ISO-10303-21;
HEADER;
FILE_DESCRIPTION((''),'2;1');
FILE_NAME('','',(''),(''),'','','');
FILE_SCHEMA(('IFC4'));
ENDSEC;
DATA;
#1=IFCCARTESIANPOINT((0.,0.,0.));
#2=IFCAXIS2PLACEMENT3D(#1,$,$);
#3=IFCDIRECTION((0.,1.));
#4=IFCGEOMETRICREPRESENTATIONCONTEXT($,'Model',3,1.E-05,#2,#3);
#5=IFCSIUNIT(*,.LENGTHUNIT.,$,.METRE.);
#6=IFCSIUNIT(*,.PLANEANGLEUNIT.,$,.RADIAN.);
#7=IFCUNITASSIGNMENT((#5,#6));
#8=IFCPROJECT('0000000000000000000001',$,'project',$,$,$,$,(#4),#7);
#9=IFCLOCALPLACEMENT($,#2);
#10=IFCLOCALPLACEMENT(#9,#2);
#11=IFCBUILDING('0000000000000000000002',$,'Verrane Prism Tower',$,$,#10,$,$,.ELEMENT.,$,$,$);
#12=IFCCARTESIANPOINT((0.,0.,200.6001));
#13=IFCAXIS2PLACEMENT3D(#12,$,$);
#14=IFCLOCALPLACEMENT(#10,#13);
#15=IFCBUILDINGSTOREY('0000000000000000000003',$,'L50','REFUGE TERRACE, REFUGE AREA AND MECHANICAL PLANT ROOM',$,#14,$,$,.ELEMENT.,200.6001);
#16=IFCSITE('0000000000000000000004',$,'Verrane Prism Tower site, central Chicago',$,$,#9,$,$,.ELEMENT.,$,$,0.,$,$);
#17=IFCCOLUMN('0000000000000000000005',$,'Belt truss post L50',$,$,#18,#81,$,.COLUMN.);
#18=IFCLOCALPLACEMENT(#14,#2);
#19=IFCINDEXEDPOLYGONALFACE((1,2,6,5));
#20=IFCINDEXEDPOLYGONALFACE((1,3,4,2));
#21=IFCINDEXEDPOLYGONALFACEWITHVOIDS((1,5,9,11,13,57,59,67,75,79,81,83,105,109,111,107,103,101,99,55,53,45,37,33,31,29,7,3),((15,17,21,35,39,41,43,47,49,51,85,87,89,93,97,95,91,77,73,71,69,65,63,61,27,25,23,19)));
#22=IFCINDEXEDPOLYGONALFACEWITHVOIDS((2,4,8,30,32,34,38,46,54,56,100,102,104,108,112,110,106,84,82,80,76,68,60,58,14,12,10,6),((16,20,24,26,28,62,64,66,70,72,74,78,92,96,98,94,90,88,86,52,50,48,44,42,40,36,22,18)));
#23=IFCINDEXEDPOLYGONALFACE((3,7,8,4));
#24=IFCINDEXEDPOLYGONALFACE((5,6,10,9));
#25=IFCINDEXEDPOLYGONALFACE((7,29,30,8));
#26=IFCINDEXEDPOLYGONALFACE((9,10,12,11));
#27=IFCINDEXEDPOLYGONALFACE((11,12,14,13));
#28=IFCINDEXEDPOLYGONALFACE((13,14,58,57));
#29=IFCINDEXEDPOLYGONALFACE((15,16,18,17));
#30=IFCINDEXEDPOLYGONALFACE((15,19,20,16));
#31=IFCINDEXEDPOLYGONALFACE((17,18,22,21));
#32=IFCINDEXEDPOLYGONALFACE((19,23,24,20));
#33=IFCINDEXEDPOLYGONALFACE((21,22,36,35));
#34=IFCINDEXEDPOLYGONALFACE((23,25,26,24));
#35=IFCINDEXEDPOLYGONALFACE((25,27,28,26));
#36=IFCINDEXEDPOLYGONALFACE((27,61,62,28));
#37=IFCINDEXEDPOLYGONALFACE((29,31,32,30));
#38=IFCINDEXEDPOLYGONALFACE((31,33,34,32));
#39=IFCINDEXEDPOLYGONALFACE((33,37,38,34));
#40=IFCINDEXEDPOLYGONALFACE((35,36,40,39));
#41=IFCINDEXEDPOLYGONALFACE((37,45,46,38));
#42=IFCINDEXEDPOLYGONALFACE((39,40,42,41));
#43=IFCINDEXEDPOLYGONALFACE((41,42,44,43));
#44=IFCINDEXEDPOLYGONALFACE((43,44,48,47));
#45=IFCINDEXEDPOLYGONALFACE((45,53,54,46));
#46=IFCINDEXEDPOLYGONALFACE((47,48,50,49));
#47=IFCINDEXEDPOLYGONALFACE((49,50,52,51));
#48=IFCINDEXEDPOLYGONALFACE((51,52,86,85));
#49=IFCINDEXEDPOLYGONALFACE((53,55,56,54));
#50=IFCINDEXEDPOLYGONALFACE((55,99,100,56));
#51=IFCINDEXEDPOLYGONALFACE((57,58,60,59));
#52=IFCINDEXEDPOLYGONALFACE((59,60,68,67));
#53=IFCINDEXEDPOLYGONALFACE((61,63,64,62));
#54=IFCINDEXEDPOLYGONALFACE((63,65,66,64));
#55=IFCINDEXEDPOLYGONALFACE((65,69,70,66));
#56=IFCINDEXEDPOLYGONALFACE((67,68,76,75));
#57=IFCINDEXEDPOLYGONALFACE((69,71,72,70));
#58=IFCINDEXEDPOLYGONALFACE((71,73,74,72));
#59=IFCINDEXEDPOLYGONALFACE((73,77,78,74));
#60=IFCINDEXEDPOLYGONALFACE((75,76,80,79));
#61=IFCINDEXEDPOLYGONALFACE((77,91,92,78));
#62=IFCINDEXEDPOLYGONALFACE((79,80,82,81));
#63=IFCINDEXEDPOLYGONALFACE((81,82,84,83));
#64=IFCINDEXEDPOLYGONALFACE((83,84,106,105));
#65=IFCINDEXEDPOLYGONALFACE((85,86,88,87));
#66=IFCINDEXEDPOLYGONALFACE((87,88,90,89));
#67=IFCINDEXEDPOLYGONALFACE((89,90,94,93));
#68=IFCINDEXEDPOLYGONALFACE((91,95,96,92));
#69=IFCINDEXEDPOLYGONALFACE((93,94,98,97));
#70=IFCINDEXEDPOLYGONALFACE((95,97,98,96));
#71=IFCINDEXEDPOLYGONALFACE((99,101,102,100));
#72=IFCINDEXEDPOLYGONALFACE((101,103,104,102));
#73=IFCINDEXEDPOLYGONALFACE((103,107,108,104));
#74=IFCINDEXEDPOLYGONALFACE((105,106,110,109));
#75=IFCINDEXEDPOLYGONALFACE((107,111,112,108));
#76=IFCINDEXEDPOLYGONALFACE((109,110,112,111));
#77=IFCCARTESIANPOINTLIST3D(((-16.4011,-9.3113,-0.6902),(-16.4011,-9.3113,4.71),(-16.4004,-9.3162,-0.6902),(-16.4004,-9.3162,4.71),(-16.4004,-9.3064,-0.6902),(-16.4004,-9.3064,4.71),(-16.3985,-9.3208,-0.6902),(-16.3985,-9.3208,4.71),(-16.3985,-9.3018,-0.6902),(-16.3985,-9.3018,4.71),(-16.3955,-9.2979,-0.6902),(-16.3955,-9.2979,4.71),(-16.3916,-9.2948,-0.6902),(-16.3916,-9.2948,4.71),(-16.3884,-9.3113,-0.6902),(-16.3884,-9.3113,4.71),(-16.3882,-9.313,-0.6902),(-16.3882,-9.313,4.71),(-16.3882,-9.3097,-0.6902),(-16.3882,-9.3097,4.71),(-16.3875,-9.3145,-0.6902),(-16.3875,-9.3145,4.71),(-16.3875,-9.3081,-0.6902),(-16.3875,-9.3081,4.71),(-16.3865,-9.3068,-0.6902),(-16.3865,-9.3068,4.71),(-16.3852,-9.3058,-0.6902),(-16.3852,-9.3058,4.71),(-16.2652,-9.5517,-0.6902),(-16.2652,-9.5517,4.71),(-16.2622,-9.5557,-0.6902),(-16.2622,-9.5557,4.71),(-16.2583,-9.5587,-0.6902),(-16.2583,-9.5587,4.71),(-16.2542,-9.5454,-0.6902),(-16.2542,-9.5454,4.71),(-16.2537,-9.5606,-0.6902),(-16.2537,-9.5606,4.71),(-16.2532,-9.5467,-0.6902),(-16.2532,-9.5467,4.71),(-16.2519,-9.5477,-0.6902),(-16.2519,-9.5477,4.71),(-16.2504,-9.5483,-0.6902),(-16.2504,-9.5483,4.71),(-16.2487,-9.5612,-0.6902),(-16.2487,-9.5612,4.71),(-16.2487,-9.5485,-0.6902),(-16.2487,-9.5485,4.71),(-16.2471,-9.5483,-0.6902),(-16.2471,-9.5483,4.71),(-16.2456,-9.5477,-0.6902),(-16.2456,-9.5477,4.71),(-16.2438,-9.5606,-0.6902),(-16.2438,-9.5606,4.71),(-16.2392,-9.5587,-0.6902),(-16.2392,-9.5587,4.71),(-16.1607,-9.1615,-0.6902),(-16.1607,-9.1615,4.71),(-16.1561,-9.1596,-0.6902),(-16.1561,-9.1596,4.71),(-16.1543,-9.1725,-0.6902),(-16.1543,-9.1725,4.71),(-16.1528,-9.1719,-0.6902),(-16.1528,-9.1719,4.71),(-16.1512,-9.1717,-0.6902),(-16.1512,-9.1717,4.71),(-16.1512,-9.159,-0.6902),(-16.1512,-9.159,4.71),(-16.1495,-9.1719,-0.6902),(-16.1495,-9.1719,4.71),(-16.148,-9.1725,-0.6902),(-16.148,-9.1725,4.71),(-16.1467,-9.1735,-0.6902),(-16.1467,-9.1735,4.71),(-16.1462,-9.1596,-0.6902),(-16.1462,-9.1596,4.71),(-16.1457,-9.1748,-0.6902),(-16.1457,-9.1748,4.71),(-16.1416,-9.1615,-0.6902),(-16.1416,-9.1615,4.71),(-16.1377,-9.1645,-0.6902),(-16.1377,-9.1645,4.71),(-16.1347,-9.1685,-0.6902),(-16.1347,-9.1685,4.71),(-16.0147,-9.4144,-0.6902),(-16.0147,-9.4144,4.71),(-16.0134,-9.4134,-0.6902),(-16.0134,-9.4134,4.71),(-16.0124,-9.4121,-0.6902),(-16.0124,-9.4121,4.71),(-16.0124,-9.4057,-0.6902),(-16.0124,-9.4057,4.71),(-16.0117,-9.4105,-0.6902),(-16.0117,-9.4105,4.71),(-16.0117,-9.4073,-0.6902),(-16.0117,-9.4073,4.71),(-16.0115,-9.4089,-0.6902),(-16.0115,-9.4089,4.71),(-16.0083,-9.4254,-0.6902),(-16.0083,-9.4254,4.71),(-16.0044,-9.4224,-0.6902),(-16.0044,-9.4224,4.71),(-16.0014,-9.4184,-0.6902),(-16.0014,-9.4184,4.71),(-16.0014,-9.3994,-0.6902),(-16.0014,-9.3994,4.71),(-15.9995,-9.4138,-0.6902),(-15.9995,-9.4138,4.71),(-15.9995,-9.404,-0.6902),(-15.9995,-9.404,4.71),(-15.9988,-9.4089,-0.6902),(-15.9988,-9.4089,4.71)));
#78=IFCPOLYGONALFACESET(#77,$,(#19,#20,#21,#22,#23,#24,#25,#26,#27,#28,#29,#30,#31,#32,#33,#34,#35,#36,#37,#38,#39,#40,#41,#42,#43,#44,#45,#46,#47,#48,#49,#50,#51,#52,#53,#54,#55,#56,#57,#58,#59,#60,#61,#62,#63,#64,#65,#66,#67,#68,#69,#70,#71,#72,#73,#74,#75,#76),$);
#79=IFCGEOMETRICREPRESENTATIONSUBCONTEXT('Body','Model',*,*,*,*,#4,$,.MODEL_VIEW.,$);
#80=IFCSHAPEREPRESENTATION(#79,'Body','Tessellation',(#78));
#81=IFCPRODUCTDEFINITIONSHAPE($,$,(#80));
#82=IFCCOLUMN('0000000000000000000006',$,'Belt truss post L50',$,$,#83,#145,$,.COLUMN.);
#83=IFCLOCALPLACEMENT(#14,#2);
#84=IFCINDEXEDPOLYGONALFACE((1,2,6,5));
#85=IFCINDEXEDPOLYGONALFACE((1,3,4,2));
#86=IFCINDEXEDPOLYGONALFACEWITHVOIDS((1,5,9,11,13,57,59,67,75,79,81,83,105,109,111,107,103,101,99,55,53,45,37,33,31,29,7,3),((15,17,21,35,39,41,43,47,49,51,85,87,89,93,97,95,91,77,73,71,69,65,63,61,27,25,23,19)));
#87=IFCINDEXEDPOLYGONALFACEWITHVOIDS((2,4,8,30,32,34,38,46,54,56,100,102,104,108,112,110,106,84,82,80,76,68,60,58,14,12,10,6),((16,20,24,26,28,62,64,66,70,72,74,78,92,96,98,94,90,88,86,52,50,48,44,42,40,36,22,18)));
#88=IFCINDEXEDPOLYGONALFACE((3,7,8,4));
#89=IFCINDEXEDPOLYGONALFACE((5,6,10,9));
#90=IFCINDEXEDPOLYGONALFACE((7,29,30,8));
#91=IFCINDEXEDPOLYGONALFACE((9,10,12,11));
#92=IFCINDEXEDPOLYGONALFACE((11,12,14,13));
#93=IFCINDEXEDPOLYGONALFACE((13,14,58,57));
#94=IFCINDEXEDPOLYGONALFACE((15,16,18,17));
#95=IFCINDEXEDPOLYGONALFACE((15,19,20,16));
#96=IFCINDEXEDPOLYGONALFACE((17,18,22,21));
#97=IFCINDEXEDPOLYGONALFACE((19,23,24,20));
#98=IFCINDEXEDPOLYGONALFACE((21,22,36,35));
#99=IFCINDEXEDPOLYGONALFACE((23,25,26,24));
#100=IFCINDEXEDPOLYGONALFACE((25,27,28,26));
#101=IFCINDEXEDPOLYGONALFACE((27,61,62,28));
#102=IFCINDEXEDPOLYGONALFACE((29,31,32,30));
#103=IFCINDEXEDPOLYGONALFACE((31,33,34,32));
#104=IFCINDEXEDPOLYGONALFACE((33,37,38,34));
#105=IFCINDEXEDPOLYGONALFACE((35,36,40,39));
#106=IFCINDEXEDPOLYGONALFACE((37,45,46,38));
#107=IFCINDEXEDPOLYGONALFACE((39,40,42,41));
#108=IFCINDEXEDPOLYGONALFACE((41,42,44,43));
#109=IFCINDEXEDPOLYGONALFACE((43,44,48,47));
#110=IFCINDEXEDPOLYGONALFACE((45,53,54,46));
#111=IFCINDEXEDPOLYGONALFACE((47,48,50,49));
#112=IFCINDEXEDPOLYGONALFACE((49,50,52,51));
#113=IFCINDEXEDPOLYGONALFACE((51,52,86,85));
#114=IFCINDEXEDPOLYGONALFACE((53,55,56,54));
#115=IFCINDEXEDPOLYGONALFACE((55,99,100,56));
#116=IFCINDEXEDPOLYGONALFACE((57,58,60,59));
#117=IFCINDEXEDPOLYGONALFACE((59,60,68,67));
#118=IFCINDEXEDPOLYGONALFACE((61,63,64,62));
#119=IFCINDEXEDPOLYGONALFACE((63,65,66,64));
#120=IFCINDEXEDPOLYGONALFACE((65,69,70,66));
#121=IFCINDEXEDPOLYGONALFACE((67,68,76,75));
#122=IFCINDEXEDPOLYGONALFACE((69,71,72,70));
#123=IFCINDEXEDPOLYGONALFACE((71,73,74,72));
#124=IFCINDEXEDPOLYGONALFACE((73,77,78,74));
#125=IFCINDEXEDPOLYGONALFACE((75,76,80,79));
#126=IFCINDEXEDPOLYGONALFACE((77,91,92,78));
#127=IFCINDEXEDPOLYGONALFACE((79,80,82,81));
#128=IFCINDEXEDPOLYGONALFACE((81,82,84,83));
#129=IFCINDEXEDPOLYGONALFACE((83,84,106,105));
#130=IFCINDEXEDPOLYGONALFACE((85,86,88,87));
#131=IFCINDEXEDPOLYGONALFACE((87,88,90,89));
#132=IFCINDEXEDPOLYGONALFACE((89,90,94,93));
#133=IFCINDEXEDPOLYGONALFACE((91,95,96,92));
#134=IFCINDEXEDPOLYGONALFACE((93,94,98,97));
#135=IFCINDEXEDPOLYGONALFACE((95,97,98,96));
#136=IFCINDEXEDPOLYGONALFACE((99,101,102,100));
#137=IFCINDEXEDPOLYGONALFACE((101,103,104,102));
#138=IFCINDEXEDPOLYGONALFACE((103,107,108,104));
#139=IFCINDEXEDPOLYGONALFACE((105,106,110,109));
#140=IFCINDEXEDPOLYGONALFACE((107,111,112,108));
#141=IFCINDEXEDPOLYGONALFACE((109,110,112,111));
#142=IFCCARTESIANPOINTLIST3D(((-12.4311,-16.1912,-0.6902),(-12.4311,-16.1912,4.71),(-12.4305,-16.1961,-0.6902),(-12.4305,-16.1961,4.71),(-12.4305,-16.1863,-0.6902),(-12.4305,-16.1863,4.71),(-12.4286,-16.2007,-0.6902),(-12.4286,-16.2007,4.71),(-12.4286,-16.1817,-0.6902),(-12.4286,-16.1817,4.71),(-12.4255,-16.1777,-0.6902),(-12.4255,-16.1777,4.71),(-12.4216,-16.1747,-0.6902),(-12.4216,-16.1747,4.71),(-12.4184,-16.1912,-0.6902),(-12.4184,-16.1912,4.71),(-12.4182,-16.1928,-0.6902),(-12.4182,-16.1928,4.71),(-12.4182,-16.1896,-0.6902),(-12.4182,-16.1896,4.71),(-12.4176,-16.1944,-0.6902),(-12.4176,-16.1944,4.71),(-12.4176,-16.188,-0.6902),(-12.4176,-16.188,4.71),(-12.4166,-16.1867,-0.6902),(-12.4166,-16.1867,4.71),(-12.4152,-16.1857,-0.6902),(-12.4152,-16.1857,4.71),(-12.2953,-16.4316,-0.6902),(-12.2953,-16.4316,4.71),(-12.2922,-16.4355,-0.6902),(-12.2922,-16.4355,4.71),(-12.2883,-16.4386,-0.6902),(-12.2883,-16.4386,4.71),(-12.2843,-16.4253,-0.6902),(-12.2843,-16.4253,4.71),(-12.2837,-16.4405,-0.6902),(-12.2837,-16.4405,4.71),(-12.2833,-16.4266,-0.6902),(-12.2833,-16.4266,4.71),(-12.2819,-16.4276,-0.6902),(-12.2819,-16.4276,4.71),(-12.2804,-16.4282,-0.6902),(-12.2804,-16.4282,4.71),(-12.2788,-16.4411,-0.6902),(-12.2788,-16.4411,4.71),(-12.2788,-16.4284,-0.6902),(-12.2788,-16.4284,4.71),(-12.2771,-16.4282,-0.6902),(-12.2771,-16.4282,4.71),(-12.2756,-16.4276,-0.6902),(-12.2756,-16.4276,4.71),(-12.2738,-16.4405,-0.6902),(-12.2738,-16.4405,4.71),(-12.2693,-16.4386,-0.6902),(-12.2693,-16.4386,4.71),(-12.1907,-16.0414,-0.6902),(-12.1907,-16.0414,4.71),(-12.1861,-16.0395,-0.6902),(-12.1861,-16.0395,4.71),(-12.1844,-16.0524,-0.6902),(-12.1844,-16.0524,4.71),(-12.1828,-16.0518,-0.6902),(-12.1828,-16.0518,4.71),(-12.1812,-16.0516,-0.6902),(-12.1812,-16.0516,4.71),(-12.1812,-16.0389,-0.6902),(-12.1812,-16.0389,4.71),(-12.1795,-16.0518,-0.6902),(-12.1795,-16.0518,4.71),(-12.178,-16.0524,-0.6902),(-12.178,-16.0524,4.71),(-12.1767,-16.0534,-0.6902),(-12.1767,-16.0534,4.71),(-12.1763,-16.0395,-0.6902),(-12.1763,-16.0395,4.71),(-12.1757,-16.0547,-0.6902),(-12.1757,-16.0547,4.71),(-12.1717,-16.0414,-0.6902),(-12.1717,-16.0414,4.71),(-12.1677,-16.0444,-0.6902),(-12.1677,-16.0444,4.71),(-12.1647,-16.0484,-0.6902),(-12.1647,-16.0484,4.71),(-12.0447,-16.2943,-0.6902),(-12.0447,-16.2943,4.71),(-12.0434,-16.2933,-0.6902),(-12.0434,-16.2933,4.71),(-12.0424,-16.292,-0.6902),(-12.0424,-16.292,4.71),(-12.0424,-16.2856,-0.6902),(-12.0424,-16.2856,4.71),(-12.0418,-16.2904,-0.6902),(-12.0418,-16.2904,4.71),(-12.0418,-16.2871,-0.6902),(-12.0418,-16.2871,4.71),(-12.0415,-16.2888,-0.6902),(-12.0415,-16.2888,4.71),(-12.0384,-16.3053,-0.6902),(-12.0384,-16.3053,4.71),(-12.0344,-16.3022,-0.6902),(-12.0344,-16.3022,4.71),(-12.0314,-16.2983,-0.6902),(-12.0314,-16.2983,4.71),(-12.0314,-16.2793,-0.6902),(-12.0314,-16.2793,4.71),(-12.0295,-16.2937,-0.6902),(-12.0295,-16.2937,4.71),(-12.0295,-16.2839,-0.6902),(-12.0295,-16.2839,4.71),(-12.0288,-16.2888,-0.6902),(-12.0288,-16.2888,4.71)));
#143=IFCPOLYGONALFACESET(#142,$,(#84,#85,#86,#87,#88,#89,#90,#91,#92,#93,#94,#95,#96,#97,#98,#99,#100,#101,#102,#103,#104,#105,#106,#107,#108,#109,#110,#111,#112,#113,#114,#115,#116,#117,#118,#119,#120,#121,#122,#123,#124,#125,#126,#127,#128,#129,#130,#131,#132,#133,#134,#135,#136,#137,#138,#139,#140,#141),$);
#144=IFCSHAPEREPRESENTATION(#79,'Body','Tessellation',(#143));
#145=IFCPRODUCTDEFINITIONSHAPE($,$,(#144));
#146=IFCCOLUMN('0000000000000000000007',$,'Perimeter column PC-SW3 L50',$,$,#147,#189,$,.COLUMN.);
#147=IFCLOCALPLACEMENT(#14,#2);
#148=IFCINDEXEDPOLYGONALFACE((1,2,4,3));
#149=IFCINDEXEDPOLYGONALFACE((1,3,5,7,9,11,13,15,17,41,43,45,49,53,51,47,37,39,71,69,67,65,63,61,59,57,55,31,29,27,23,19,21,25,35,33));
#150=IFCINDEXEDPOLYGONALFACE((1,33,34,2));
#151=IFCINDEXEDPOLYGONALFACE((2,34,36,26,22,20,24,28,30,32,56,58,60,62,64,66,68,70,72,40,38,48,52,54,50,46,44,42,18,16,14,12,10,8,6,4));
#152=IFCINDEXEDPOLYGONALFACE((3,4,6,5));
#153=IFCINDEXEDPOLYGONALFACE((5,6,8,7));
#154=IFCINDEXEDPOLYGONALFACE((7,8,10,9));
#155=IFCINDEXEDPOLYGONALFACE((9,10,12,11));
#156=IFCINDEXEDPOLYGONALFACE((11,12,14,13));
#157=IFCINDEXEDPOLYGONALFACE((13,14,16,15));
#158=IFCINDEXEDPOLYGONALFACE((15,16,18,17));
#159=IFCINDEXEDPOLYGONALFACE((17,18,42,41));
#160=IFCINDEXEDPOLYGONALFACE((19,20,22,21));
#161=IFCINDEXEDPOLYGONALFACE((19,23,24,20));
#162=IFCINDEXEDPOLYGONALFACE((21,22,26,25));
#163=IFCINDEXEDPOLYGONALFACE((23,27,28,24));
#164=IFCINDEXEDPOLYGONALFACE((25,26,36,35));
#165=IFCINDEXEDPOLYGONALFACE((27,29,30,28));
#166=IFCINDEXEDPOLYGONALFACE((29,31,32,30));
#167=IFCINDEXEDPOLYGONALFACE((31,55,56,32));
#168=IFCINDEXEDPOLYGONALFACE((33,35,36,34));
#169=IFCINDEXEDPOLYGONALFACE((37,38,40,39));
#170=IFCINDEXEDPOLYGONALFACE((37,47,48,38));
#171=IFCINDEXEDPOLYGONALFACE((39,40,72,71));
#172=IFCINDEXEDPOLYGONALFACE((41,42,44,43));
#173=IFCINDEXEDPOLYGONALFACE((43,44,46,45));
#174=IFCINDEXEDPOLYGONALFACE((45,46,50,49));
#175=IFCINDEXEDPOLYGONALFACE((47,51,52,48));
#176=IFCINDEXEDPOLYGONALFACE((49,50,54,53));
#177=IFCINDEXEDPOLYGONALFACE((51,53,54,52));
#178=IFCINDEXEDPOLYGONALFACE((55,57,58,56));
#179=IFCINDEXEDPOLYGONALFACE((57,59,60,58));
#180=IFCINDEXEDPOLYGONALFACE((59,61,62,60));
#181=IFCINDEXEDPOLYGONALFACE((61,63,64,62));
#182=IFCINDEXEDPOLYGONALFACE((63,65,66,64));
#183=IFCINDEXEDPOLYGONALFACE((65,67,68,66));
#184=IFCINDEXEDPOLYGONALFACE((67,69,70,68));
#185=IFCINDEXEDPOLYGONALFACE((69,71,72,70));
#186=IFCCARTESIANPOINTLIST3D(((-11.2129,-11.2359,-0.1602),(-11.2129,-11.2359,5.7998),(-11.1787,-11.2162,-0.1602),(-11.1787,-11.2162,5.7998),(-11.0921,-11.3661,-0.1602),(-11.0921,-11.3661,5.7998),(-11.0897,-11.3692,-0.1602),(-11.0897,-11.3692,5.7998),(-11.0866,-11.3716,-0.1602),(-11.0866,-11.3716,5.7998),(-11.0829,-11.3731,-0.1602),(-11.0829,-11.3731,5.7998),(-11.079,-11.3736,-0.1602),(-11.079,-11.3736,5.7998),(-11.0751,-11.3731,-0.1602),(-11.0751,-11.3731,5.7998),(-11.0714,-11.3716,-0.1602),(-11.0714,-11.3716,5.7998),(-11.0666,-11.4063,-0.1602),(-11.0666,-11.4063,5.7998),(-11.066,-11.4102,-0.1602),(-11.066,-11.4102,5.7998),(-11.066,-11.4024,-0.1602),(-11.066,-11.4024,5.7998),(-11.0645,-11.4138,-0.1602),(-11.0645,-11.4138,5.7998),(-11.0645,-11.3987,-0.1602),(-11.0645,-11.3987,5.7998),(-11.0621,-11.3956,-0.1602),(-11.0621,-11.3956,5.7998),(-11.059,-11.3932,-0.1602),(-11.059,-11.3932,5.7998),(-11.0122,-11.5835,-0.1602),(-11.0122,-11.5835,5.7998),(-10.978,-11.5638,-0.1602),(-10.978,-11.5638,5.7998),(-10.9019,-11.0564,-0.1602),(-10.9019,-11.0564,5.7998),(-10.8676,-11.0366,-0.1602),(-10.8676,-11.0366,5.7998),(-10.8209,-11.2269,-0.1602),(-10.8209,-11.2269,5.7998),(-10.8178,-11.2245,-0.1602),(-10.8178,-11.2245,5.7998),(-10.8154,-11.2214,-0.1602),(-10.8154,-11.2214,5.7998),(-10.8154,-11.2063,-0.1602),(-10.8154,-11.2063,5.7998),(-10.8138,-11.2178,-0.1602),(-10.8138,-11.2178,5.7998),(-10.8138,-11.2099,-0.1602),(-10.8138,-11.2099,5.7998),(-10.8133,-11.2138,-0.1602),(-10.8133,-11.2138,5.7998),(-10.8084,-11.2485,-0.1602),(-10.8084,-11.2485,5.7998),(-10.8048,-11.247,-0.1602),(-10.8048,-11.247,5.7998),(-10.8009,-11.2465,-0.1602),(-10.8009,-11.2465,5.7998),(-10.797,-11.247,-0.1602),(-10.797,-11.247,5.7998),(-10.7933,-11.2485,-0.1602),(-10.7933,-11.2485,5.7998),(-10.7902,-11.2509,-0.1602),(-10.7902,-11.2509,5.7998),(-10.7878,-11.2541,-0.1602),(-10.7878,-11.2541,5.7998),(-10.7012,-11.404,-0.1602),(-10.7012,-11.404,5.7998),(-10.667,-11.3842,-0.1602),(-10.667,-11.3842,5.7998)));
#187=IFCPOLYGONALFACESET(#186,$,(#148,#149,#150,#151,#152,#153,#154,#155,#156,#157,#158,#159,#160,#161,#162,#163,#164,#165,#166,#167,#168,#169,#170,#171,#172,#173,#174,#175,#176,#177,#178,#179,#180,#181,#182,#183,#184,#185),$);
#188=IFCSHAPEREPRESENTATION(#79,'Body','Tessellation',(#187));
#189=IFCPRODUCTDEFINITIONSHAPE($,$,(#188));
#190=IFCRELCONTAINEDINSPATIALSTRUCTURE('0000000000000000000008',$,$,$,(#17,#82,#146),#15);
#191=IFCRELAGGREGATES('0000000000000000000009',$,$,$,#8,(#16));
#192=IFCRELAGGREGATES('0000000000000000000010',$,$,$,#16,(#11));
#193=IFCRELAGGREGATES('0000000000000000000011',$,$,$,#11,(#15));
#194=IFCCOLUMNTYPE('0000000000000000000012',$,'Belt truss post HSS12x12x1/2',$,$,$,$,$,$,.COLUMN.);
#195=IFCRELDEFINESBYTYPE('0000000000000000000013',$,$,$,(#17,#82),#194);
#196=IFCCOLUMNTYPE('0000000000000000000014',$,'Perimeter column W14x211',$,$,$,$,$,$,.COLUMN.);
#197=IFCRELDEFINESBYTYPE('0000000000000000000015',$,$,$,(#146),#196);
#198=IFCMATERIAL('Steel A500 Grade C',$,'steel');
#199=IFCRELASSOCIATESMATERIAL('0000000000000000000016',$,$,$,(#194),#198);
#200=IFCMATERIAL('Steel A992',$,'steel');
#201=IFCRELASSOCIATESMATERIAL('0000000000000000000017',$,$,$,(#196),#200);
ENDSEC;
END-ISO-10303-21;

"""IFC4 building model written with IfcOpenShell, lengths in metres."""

from ifc_helpers import new_model, si_unit, direction, frame, origin, origin_2d, place, context, subcontext, project, spatial, hollow_rectangle, i_section, extrude, material, material_profile, profile_set, type_object, element, save


model = new_model("IFC4")

# Units and contexts
model_context = context("Model", 3, precision=1e-05, world=origin(), true_north=direction((0.0, 1.0)))
body_context = subcontext(model_context, "Body", "Model", "MODEL_VIEW")
ifc_project = project(units=[si_unit("LENGTHUNIT", "METRE"), si_unit("PLANEANGLEUNIT", "RADIAN")], contexts=[model_context])

# Site, building, storey
site_placement = place(None, origin())
site = spatial("IfcSite", under=ifc_project, at=site_placement, Name="Verrane Prism Tower site, central Chicago", CompositionType="ELEMENT", RefElevation=0.0)
building_placement = place(site_placement, origin())
building = spatial("IfcBuilding", under=site, at=building_placement, Name="Verrane Prism Tower", CompositionType="ELEMENT")
storey_placement = place(building_placement, frame((0.0, 0.0, 200.6001)))
storey = spatial("IfcBuildingStorey", under=building, at=storey_placement, Name="L50", Description="REFUGE TERRACE, REFUGE AREA AND MECHANICAL PLANT ROOM", CompositionType="ELEMENT", Elevation=200.6001)

# Columns
ifc_material_1 = material(Name="Steel A500 Grade C", Category="steel")
ifc_material_profile_1 = material_profile(ifc_material_1, hollow_rectangle(XDim=0.3047, YDim=0.3047, WallThickness=0.0127, InnerFilletRadius=0.0063, OuterFilletRadius=0.019, at=origin_2d()), Name="HSS12x12x1/2")
ifc_profile_set_1 = profile_set([ifc_material_profile_1], Name="Steel A500 Grade C")
column_type_1 = type_object("IfcColumnType", Name="Belt truss post HSS12x12x1/2", PredefinedType="COLUMN", material=ifc_profile_set_1)
for number, where, z_axis, x_axis, name in (
    (1, (-16.2, -9.3601, -0.6902), (0.0, 0.0, 1.0), (-0.5, 0.866025, 0.0), "Belt truss post L50"),
    (2, (-12.23, -16.24, -0.6902), (0.0, 0.0, 1.0), (-0.5, 0.866025, 0.0), "Belt truss post L50"),
):
    element("IfcColumn", number, at=place(storey_placement, frame(where, z_axis=z_axis, x_axis=x_axis)), inside=storey, type_object=column_type_1, Name=name, PredefinedType="COLUMN", context=body_context, shape_type="SweptSolid", body=[
        extrude(hollow_rectangle(XDim=0.3047, YDim=0.3047, WallThickness=0.0127, InnerFilletRadius=0.0063, OuterFilletRadius=0.019, at=origin_2d()), origin(), (0.0, 0.0, 1.0), 5.4001),
    ])
ifc_material_2 = material(Name="Steel A992", Category="steel")
ifc_material_profile_2 = material_profile(ifc_material_2, i_section(OverallWidth=0.4014, OverallDepth=0.3987, WebThickness=0.0249, FlangeThickness=0.0396, FilletRadius=0.0151, at=origin_2d()), Name="W14x211")
ifc_profile_set_2 = profile_set([ifc_material_profile_2], Name="Steel A992")
column_type_2 = type_object("IfcColumnType", Name="Perimeter column W14x211", PredefinedType="COLUMN", material=ifc_profile_set_2)
column_placement = place(storey_placement, frame((-10.9399, -11.3101, -0.1602), z_axis=(0.0, 0.0, 1.0), x_axis=(-0.5, 0.866025, 0.0)))
element("IfcColumn", 3, at=column_placement, inside=storey, type_object=column_type_2, Name="Perimeter column PC-SW3 L50", PredefinedType="COLUMN", context=body_context, shape_type="SweptSolid", body=[
    extrude(i_section(OverallWidth=0.4014, OverallDepth=0.3987, WebThickness=0.0249, FlangeThickness=0.0396, FilletRadius=0.0151, at=origin_2d()), origin(), (0.0, 0.0, 1.0), 5.96),
])

save(model, "model.ifc")
